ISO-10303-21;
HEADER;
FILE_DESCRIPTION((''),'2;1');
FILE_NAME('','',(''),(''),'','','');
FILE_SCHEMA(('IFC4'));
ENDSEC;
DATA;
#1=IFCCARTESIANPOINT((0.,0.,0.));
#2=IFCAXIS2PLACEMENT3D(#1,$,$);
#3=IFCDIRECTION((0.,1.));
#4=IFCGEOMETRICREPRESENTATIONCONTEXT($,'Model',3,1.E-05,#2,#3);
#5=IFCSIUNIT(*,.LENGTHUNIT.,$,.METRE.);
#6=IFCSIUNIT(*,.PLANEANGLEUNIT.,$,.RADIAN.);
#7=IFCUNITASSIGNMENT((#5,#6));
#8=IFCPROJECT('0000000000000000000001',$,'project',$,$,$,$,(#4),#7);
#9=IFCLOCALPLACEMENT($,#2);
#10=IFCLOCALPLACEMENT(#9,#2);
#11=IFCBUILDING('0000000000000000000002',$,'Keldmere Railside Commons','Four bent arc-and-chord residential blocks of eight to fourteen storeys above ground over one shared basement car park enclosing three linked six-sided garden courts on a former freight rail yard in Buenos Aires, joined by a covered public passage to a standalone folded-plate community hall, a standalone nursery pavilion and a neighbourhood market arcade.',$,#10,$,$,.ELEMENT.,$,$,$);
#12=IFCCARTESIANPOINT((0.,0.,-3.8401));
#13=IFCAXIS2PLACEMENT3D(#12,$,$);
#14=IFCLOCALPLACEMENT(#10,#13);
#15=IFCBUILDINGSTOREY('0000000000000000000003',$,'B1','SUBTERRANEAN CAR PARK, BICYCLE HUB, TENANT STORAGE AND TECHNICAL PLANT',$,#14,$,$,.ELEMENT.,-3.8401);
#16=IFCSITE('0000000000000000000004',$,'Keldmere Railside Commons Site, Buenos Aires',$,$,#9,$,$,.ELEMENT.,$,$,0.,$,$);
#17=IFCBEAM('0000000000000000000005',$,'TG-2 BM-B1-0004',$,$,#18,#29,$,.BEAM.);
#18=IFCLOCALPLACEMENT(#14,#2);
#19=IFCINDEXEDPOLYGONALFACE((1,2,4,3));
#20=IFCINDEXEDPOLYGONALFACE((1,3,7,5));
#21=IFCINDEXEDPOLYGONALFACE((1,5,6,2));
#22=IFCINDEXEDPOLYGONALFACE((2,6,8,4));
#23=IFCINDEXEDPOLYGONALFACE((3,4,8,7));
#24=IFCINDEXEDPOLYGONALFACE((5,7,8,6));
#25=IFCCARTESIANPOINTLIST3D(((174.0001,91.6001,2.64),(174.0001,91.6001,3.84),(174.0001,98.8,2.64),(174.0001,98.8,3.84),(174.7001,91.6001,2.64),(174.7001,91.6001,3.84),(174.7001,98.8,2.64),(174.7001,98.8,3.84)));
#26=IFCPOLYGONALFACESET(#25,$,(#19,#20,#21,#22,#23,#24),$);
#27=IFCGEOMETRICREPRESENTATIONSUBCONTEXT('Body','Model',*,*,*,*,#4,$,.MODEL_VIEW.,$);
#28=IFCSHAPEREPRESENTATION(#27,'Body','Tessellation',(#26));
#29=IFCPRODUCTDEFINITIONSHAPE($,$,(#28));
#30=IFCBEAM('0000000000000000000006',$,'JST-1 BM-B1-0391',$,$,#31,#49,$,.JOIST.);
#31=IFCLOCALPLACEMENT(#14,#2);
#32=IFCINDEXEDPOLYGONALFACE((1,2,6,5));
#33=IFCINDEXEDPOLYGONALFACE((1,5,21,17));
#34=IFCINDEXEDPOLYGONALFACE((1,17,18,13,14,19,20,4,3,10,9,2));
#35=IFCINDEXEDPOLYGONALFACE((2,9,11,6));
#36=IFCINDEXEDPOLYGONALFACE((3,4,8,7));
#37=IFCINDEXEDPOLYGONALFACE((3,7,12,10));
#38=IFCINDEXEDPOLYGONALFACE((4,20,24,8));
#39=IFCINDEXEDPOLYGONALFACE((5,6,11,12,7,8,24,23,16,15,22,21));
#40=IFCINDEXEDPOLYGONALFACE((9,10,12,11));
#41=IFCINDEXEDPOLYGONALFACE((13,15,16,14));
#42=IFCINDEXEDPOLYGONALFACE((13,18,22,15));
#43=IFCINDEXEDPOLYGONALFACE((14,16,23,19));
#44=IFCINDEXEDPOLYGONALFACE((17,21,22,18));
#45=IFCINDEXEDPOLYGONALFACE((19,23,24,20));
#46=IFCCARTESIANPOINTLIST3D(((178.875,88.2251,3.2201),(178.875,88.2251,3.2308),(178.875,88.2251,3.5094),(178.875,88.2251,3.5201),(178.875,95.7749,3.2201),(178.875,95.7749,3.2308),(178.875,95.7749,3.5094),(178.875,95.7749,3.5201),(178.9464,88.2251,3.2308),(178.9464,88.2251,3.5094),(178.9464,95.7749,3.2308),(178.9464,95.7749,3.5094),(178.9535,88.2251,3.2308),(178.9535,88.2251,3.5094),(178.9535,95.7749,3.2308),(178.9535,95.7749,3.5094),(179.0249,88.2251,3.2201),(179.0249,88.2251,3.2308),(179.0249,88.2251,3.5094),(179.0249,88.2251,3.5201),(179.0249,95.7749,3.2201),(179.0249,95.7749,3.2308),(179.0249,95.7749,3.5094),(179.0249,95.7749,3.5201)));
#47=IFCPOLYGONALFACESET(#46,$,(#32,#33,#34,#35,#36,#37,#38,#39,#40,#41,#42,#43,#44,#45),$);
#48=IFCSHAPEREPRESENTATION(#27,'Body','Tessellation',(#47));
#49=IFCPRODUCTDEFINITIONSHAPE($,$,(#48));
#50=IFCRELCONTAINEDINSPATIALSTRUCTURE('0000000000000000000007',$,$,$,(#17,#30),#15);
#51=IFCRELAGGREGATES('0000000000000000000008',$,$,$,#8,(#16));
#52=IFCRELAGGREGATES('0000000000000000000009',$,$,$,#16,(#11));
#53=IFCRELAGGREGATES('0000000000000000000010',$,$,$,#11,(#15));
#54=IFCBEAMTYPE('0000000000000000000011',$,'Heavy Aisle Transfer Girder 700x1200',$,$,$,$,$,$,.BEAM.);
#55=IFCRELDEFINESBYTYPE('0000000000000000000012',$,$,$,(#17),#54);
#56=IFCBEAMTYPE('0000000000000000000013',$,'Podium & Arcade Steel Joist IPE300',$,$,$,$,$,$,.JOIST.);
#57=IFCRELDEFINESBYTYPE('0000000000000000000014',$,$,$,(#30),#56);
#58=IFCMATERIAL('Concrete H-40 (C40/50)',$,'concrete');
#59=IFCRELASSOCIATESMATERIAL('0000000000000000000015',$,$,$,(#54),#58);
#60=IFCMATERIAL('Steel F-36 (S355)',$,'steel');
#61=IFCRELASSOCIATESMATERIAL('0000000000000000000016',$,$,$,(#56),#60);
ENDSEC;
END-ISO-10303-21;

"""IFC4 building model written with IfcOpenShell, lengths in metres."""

from ifc_helpers import new_model, si_unit, direction, frame, origin, origin_2d, place, context, subcontext, project, spatial, rectangle, i_section, extrude, material, material_profile, profile_set, type_object, element, save


model = new_model("IFC4")

# Units and contexts
model_context = context("Model", 3, precision=1e-05, world=origin(), true_north=direction((0.0, 1.0)))
body_context = subcontext(model_context, "Body", "Model", "MODEL_VIEW")
ifc_project = project(units=[si_unit("LENGTHUNIT", "METRE"), si_unit("PLANEANGLEUNIT", "RADIAN")], contexts=[model_context])

# Site, building, storey
site_placement = place(None, origin())
site = spatial("IfcSite", under=ifc_project, at=site_placement, Name="Keldmere Railside Commons Site, Buenos Aires", CompositionType="ELEMENT", RefElevation=0.0)
building_placement = place(site_placement, origin())
building = spatial("IfcBuilding", under=site, at=building_placement, Name="Keldmere Railside Commons", Description="Four bent arc-and-chord residential blocks of eight to fourteen storeys above ground over one shared basement car park enclosing three linked six-sided garden courts on a former freight rail yard in Buenos Aires, joined by a covered public passage to a standalone folded-plate community hall, a standalone nursery pavilion and a neighbourhood market arcade.", CompositionType="ELEMENT")
storey_placement = place(building_placement, frame((0.0, 0.0, -3.8401)))
storey = spatial("IfcBuildingStorey", under=building, at=storey_placement, Name="B1", Description="SUBTERRANEAN CAR PARK, BICYCLE HUB, TENANT STORAGE AND TECHNICAL PLANT", CompositionType="ELEMENT", Elevation=-3.8401)

# Shared definitions
ifc_material_1 = material(Name="Concrete H-40 (C40/50)", Category="concrete")

# Beams
ifc_material_profile_1 = material_profile(ifc_material_1, rectangle(XDim=0.7, YDim=1.2, at=origin_2d()), Name="RC-700x1200")
ifc_profile_set_1 = profile_set([ifc_material_profile_1], Name="Concrete H-40 (C40/50)")
beam_type_1 = type_object("IfcBeamType", Name="Heavy Aisle Transfer Girder 700x1200", PredefinedType="BEAM", material=ifc_profile_set_1)
beam_1_placement = place(storey_placement, frame((174.3501, 91.6001, 3.24), z_axis=(0.0, 1.0, 0.0), x_axis=(-1.0, 0.0, 0.0)))
element("IfcBeam", 1, at=beam_1_placement, inside=storey, type_object=beam_type_1, Name="TG-2 BM-B1-0004", PredefinedType="BEAM", context=body_context, shape_type="SweptSolid", body=[
    extrude(rectangle(XDim=0.7, YDim=1.2, at=origin_2d()), origin(), (0.0, 0.0, 1.0), 7.2),
])
ifc_material_2 = material(Name="Steel F-36 (S355)", Category="steel")
ifc_material_profile_2 = material_profile(ifc_material_2, i_section(OverallWidth=0.1499, OverallDepth=0.3, WebThickness=0.0071, FlangeThickness=0.0107, at=origin_2d()), Name="IPE-300")
ifc_profile_set_2 = profile_set([ifc_material_profile_2], Name="Steel F-36 (S355)")
beam_type_2 = type_object("IfcBeamType", Name="Podium & Arcade Steel Joist IPE300", PredefinedType="JOIST", material=ifc_profile_set_2)
beam_2_placement = place(storey_placement, frame((178.95, 88.2251, 3.3701), z_axis=(0.0, 1.0, 0.0), x_axis=(-1.0, 0.0, 0.0)))
element("IfcBeam", 2, at=beam_2_placement, inside=storey, type_object=beam_type_2, Name="JST-1 BM-B1-0391", PredefinedType="JOIST", context=body_context, shape_type="SweptSolid", body=[
    extrude(i_section(OverallWidth=0.1499, OverallDepth=0.3, WebThickness=0.0071, FlangeThickness=0.0107, at=origin_2d()), origin(), (0.0, 0.0, 1.0), 7.5498),
])

save(model, "model.ifc")
